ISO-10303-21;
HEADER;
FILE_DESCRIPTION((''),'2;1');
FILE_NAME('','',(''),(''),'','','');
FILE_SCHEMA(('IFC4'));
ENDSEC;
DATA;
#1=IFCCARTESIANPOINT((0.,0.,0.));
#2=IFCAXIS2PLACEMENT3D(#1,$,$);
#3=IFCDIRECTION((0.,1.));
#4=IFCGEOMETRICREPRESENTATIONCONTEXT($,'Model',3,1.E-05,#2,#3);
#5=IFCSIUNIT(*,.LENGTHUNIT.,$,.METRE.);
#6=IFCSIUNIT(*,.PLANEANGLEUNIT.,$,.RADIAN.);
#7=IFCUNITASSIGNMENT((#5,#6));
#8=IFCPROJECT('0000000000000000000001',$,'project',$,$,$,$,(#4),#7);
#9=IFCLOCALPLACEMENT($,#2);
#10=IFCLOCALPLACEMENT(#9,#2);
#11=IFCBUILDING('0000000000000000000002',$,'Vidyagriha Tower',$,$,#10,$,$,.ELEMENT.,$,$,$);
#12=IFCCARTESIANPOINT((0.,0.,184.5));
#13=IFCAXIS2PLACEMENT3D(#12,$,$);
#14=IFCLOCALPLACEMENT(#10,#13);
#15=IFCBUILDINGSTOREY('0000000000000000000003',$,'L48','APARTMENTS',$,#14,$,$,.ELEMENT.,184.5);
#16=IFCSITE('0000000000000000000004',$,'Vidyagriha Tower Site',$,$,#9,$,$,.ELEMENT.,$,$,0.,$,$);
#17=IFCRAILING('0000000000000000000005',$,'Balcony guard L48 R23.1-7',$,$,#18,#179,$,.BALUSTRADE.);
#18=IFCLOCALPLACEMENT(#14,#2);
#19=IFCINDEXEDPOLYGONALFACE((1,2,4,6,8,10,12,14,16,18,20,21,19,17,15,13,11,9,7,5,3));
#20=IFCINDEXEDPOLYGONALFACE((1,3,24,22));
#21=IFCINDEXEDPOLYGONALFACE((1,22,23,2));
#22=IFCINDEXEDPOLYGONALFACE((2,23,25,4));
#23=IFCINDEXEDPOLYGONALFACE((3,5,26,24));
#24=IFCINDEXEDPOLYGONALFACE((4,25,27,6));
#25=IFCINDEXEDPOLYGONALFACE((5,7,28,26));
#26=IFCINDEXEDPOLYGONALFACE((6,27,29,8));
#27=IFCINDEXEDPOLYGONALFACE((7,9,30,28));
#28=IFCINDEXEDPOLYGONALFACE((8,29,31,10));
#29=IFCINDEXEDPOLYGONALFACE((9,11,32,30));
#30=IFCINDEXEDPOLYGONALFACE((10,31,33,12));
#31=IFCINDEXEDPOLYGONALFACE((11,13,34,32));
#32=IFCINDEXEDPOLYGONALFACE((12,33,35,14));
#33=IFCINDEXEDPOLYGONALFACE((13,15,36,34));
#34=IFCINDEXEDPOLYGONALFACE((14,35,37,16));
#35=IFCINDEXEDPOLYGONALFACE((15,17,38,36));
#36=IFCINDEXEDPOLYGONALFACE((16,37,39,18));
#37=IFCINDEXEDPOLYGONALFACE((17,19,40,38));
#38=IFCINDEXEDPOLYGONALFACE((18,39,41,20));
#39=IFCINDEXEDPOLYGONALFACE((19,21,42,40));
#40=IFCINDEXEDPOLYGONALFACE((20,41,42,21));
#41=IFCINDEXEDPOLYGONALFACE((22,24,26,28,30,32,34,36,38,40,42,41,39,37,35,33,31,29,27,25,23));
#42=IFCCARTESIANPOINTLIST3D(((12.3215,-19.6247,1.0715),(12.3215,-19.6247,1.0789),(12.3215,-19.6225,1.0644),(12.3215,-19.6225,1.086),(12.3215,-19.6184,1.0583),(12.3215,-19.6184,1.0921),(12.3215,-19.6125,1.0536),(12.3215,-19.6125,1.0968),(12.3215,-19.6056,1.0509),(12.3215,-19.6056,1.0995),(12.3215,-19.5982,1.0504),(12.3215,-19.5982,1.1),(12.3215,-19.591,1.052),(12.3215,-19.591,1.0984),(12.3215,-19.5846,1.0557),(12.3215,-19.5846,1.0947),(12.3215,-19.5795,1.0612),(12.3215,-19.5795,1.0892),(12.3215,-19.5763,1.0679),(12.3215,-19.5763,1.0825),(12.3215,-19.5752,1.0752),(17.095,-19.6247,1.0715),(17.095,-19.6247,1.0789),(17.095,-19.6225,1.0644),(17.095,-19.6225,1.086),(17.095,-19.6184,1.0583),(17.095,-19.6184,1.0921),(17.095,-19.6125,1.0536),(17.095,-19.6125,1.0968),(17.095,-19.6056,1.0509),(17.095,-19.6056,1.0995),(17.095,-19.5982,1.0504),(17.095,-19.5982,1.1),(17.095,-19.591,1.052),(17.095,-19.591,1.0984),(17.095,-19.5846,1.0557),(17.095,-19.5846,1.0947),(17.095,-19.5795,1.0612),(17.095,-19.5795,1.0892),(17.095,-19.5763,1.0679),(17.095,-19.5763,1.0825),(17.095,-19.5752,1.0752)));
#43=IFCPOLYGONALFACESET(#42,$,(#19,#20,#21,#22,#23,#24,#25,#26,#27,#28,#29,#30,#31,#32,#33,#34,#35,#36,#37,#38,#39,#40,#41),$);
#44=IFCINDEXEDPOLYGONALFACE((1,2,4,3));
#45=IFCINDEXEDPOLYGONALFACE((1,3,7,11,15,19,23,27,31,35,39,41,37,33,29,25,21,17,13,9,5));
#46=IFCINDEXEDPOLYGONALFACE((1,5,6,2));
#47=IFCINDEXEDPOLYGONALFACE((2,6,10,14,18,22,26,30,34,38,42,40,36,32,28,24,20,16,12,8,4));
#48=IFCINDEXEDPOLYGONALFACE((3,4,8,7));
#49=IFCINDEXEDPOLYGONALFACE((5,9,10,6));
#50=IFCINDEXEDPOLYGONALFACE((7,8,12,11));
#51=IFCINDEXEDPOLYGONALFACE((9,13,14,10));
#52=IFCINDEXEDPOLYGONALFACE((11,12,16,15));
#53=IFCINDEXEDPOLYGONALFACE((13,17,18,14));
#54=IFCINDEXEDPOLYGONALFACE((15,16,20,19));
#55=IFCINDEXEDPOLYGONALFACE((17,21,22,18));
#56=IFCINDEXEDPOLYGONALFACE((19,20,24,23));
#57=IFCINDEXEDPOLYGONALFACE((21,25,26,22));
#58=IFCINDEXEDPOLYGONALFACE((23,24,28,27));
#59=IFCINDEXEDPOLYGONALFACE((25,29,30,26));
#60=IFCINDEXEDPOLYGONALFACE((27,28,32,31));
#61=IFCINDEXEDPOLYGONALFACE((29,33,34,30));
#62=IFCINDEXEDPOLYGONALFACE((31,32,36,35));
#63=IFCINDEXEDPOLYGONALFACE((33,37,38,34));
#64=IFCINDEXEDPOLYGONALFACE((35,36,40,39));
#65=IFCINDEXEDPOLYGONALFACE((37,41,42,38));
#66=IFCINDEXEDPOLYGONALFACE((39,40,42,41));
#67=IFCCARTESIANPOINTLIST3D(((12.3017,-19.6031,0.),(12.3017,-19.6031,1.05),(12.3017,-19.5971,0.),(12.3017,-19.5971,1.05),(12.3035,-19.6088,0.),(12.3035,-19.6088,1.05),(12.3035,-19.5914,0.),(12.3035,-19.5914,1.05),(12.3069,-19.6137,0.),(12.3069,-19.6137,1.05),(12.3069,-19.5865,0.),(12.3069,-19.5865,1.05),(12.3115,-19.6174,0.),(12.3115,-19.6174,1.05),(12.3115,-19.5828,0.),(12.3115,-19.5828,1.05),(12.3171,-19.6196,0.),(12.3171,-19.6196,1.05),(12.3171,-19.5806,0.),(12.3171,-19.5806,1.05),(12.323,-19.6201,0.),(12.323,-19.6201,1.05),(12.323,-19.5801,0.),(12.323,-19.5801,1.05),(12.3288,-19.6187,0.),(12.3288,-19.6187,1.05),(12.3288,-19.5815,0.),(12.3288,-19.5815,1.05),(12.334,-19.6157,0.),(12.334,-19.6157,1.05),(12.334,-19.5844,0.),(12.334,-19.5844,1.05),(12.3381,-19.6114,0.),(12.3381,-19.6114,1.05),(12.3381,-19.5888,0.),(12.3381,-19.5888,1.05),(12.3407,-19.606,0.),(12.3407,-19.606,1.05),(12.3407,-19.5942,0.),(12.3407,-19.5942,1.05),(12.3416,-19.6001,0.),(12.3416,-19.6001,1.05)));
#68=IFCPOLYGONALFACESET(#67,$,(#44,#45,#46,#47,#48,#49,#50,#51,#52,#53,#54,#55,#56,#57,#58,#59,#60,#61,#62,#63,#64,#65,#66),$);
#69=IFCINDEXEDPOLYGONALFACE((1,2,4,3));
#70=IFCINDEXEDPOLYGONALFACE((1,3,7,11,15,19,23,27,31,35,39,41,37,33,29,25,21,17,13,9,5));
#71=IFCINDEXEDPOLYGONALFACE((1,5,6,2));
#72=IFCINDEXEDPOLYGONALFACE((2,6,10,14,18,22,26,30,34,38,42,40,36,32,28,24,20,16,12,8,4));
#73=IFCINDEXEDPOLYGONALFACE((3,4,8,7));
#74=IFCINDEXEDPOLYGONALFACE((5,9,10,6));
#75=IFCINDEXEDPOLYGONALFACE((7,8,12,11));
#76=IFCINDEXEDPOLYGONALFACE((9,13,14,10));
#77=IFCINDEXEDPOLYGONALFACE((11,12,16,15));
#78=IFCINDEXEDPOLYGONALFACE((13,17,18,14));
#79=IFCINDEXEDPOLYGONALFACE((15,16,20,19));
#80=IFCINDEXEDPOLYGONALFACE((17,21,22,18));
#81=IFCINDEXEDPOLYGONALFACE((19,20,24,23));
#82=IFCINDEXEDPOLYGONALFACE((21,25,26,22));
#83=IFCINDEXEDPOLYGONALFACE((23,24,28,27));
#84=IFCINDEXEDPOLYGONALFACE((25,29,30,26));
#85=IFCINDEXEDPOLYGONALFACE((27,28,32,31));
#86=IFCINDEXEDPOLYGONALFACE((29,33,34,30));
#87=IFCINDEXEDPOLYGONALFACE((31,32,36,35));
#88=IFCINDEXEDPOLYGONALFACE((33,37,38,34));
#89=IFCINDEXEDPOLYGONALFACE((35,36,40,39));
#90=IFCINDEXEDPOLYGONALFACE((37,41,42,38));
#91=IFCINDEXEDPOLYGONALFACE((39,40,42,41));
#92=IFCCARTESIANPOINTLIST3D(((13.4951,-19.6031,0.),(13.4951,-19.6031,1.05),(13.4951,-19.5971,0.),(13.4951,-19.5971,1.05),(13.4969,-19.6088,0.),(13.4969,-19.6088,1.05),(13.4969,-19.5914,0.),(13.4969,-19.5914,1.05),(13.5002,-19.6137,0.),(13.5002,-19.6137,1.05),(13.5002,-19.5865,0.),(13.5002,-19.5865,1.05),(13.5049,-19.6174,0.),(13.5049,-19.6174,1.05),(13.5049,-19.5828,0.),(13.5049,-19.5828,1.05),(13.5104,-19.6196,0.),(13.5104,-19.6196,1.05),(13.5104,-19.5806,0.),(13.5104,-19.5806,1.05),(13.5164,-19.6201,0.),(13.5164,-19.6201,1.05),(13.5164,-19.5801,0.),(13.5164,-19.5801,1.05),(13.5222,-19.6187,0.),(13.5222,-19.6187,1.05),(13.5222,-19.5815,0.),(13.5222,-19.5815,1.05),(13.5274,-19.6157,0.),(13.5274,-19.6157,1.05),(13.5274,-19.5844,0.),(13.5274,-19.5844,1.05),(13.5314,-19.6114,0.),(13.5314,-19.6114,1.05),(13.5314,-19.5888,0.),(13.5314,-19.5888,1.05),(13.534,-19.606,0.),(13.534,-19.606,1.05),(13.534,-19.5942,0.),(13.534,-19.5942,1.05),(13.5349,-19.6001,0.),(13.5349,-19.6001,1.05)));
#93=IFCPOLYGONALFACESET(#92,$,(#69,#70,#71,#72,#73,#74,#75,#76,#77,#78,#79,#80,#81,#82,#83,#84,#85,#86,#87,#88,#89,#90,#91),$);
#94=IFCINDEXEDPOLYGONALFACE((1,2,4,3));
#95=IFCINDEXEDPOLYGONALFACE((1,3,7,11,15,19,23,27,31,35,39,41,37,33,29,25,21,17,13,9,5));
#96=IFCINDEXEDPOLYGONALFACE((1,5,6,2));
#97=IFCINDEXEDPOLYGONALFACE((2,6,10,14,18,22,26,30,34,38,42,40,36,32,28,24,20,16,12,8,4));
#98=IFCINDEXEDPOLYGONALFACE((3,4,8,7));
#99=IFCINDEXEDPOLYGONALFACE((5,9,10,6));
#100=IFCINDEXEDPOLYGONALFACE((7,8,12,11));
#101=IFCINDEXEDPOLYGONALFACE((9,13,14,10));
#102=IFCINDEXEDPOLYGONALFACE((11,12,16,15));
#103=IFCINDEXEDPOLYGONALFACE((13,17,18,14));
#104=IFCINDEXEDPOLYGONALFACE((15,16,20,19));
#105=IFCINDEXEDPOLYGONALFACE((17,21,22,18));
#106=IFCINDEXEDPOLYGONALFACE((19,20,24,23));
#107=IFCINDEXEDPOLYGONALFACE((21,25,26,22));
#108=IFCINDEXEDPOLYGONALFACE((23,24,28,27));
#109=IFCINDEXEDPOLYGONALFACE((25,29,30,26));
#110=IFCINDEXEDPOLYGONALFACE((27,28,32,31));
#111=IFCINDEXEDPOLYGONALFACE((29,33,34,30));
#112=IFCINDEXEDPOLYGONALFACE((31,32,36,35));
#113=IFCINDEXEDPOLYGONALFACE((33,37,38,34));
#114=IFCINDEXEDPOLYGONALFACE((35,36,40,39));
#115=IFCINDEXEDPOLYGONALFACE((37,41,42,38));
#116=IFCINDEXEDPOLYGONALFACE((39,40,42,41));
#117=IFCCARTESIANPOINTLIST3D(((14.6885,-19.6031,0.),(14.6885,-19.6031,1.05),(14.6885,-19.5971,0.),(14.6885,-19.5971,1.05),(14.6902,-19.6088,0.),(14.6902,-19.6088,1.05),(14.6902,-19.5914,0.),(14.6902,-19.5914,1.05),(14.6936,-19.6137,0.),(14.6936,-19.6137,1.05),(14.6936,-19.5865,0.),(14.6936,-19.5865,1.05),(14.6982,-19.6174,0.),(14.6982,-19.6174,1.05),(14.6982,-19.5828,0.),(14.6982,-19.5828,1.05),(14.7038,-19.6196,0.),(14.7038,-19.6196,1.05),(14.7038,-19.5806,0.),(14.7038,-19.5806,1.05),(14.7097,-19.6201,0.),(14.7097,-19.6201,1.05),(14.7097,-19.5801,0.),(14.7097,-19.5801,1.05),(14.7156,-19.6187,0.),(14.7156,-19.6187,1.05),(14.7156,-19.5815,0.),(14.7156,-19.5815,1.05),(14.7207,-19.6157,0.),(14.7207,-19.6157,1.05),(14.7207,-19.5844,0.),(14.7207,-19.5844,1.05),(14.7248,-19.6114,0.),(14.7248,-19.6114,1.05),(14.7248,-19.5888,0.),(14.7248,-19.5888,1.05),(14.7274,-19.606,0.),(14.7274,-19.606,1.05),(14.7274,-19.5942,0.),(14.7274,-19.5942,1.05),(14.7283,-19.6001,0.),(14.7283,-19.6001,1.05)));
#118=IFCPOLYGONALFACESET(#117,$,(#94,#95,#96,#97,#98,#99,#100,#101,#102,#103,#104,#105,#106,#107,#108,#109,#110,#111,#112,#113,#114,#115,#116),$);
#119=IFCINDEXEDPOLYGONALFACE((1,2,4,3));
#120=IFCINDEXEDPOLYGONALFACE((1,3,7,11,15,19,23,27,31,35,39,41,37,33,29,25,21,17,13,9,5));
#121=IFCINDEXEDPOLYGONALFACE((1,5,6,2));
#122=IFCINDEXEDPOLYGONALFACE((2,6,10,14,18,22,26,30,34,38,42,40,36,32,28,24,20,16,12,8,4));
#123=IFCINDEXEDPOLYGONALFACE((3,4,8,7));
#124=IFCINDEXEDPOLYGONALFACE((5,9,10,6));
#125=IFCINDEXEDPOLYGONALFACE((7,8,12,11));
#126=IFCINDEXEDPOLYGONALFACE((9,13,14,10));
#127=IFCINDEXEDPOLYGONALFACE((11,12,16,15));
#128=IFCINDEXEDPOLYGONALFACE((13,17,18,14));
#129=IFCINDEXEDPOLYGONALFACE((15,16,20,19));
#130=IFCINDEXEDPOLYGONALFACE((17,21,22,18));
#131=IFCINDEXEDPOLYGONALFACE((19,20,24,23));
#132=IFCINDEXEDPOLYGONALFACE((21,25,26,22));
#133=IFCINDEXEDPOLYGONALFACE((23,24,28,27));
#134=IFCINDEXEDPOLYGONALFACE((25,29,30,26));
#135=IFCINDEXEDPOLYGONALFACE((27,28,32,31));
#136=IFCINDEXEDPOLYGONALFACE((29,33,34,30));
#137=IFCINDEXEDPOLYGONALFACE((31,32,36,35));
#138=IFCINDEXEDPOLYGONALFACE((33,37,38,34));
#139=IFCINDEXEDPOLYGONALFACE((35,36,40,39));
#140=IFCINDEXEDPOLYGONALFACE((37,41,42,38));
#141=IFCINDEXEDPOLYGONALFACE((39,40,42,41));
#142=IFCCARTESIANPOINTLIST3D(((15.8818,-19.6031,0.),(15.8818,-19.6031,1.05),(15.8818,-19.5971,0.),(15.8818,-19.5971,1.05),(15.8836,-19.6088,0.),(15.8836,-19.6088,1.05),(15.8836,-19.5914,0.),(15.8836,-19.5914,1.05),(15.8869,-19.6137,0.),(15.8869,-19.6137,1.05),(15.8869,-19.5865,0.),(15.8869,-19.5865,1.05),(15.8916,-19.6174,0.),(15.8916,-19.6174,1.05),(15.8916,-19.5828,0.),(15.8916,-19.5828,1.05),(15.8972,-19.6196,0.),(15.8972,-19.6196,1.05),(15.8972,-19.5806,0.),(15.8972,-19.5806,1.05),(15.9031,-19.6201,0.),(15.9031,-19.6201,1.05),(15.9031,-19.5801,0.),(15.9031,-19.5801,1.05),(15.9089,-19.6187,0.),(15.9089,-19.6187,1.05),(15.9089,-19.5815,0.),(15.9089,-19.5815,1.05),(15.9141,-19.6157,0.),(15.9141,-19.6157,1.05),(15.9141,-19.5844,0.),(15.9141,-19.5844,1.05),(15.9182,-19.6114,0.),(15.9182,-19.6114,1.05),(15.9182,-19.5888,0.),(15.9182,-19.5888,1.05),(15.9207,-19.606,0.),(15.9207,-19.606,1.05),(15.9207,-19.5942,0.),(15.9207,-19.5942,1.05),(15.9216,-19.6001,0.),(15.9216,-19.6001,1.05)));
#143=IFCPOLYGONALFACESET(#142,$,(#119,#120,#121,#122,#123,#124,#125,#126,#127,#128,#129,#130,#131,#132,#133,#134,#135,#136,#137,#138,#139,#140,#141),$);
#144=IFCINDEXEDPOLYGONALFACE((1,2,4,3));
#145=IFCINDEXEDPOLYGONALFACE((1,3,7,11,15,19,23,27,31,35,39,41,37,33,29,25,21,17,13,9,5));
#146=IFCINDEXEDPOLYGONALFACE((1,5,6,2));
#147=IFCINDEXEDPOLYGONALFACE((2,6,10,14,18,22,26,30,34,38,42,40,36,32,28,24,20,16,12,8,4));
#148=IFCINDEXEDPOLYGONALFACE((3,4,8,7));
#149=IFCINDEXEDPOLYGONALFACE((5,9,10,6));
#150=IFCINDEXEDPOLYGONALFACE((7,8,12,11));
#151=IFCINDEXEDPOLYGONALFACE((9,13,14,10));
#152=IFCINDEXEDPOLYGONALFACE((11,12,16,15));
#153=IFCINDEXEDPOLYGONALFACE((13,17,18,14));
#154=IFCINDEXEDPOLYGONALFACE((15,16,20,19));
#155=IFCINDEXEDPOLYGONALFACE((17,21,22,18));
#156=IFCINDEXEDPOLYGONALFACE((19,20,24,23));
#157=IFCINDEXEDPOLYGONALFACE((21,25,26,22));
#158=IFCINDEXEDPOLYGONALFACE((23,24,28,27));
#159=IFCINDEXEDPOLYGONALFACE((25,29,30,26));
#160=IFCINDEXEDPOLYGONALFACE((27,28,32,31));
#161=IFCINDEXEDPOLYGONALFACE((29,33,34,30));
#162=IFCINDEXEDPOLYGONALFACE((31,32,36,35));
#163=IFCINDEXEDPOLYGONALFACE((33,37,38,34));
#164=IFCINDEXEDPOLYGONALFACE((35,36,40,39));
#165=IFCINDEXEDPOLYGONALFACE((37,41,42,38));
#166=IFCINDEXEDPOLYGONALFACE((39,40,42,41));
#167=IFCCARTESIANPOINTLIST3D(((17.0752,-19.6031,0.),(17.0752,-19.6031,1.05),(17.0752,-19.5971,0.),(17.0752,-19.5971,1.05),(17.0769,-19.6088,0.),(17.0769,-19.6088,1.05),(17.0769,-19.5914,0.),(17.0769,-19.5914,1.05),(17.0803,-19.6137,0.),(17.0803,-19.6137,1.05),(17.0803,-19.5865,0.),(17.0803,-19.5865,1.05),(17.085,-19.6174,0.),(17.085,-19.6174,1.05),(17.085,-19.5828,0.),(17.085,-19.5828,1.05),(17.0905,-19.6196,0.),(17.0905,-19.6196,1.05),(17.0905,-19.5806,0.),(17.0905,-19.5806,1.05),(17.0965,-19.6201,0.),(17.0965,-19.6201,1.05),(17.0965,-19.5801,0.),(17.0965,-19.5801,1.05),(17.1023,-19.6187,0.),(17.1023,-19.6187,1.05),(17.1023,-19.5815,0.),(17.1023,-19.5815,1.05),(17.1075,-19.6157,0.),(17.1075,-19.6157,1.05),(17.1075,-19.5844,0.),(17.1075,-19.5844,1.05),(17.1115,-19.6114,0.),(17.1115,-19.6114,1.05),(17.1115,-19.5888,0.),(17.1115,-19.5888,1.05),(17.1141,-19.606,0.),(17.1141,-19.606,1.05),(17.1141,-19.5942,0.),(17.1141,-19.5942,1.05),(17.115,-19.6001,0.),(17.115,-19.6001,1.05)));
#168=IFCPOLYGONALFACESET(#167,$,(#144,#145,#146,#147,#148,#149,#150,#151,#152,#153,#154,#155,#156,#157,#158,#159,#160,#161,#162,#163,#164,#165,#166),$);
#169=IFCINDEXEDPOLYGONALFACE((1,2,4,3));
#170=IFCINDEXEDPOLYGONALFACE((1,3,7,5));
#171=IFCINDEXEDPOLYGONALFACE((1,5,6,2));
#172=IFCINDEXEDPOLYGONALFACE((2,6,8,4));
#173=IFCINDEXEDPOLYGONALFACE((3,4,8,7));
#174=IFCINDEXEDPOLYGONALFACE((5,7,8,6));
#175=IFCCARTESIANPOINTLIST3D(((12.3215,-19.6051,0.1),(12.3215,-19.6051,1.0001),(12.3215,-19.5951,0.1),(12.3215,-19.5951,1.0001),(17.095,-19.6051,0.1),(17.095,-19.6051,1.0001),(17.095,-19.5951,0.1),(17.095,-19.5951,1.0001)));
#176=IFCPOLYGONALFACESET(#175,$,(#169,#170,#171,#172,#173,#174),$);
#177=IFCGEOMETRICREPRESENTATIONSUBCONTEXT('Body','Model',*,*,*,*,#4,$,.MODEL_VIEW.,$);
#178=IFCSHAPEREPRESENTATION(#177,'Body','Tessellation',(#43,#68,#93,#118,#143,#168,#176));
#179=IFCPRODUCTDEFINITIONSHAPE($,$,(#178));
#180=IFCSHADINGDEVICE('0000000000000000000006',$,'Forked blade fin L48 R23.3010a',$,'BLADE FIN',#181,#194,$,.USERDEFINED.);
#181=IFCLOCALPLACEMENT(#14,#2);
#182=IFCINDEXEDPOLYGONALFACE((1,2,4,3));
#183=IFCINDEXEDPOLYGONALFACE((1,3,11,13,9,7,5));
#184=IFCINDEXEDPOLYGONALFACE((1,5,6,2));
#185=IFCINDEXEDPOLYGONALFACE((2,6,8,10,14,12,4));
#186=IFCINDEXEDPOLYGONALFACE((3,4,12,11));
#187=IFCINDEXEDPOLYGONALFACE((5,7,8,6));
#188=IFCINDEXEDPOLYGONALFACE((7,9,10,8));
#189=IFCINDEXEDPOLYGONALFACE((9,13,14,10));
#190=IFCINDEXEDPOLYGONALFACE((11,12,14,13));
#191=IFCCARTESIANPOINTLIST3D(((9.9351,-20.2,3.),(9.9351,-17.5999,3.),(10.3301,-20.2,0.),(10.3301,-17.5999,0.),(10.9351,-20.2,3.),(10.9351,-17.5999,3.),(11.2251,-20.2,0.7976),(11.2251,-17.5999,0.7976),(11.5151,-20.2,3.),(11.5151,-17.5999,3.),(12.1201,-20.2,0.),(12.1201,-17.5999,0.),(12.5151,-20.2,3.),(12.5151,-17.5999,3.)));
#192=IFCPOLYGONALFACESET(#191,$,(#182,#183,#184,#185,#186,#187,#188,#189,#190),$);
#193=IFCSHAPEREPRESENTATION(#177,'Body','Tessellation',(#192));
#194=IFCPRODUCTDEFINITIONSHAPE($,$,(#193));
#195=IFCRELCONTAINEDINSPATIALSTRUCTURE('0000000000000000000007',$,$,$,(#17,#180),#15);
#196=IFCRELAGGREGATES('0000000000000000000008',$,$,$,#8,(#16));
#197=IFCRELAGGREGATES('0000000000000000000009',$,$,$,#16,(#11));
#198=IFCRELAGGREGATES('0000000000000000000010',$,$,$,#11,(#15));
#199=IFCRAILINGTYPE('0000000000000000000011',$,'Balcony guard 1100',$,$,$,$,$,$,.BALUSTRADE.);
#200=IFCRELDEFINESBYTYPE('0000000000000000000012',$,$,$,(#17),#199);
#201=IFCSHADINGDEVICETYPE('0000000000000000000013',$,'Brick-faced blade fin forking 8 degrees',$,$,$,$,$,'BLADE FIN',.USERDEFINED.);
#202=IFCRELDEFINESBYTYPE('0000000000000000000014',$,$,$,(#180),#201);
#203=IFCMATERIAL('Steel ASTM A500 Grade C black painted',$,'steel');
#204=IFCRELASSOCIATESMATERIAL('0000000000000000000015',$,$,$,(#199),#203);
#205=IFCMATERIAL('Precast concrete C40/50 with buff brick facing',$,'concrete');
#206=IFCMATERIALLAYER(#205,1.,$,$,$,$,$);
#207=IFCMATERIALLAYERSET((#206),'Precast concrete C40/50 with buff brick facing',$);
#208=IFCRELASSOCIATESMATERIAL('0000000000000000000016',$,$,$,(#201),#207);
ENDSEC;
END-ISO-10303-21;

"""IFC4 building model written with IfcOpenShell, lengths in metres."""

from ifc_helpers import new_model, si_unit, direction, frame, origin, origin_2d, place, context, subcontext, project, spatial, polyline, rectangle, circle, outline, extrude, material, layer, layer_set, type_object, element, save


model = new_model("IFC4")

# Units and contexts
model_context = context("Model", 3, precision=1e-05, world=origin(), true_north=direction((0.0, 1.0)))
body_context = subcontext(model_context, "Body", "Model", "MODEL_VIEW")
ifc_project = project(units=[si_unit("LENGTHUNIT", "METRE"), si_unit("PLANEANGLEUNIT", "RADIAN")], contexts=[model_context])

# Site, building, storey
site_placement = place(None, origin())
site = spatial("IfcSite", under=ifc_project, at=site_placement, Name="Vidyagriha Tower Site", CompositionType="ELEMENT", RefElevation=0.0)
building_placement = place(site_placement, origin())
building = spatial("IfcBuilding", under=site, at=building_placement, Name="Vidyagriha Tower", CompositionType="ELEMENT")
storey_placement = place(building_placement, frame((0.0, 0.0, 184.5)))
storey = spatial("IfcBuildingStorey", under=building, at=storey_placement, Name="L48", Description="APARTMENTS", CompositionType="ELEMENT", Elevation=184.5)

# Railing
ifc_material_1 = material(Name="Steel ASTM A500 Grade C black painted", Category="steel")
railing_type = type_object("IfcRailingType", Name="Balcony guard 1100", PredefinedType="BALUSTRADE", material=ifc_material_1)
railing_1_placement = place(storey_placement, frame((12.3215, -19.6001, 0.0)))
element("IfcRailing", 1, at=railing_1_placement, inside=storey, type_object=railing_type, Name="Balcony guard L48 R23.1-7", PredefinedType="BALUSTRADE", context=body_context, shape_type="SweptSolid", body=[
    extrude(circle(Radius=0.0249, at=origin_2d()), frame((0.0, 0.0, 1.0752), z_axis=(1.0, 0.0, 0.0), x_axis=(0.0, 1.0, 0.0)), (0.0, 0.0, 1.0), 4.7734),
    extrude(circle(Radius=0.02, at=origin_2d()), origin(), (0.0, 0.0, 1.0), 1.05),
    extrude(circle(Radius=0.02, at=origin_2d()), frame((1.1934, 0.0, 0.0)), (0.0, 0.0, 1.0), 1.05),
    extrude(circle(Radius=0.02, at=origin_2d()), frame((2.3867, 0.0, 0.0)), (0.0, 0.0, 1.0), 1.05),
    extrude(circle(Radius=0.02, at=origin_2d()), frame((3.5801, 0.0, 0.0)), (0.0, 0.0, 1.0), 1.05),
    extrude(circle(Radius=0.02, at=origin_2d()), frame((4.7734, 0.0, 0.0)), (0.0, 0.0, 1.0), 1.05),
    extrude(rectangle(XDim=0.01, YDim=0.9001, at=origin_2d()), frame((0.0, 0.0, 0.55), z_axis=(1.0, 0.0, 0.0), x_axis=(0.0, 1.0, 0.0)), (0.0, 0.0, 1.0), 4.7734),
])

# Shading device
ifc_material_2 = material(Name="Precast concrete C40/50 with buff brick facing", Category="concrete")
ifc_layer_1 = layer(ifc_material_2, 1.0)
ifc_layer_set_1 = layer_set([ifc_layer_1], Name="Precast concrete C40/50 with buff brick facing")
shading_device_type = type_object("IfcShadingDeviceType", Name="Brick-faced blade fin forking 8 degrees", ElementType="BLADE FIN", PredefinedType="USERDEFINED", material=ifc_layer_set_1)
shading_device_placement = place(storey_placement, frame((9.9351, -18.8999, 0.0)))
element("IfcShadingDevice", 2, at=shading_device_placement, inside=storey, type_object=shading_device_type, Name="Forked blade fin L48 R23.3010a", ObjectType="BLADE FIN", PredefinedType="USERDEFINED", context=body_context, shape_type="SweptSolid", body=[
    extrude(outline(polyline([(0.395, 0.0), (2.1851, 0.0), (2.5801, 3.0), (1.5801, 3.0), (1.29, 0.7976), (1.0, 3.0), (0.0, 3.0), (0.395, 0.0)])), frame((0.0, 1.3, 0.0), z_axis=(0.0, -1.0, 0.0), x_axis=(1.0, 0.0, 0.0)), (0.0, 0.0, 1.0), 2.6001),
])

save(model, "model.ifc")
